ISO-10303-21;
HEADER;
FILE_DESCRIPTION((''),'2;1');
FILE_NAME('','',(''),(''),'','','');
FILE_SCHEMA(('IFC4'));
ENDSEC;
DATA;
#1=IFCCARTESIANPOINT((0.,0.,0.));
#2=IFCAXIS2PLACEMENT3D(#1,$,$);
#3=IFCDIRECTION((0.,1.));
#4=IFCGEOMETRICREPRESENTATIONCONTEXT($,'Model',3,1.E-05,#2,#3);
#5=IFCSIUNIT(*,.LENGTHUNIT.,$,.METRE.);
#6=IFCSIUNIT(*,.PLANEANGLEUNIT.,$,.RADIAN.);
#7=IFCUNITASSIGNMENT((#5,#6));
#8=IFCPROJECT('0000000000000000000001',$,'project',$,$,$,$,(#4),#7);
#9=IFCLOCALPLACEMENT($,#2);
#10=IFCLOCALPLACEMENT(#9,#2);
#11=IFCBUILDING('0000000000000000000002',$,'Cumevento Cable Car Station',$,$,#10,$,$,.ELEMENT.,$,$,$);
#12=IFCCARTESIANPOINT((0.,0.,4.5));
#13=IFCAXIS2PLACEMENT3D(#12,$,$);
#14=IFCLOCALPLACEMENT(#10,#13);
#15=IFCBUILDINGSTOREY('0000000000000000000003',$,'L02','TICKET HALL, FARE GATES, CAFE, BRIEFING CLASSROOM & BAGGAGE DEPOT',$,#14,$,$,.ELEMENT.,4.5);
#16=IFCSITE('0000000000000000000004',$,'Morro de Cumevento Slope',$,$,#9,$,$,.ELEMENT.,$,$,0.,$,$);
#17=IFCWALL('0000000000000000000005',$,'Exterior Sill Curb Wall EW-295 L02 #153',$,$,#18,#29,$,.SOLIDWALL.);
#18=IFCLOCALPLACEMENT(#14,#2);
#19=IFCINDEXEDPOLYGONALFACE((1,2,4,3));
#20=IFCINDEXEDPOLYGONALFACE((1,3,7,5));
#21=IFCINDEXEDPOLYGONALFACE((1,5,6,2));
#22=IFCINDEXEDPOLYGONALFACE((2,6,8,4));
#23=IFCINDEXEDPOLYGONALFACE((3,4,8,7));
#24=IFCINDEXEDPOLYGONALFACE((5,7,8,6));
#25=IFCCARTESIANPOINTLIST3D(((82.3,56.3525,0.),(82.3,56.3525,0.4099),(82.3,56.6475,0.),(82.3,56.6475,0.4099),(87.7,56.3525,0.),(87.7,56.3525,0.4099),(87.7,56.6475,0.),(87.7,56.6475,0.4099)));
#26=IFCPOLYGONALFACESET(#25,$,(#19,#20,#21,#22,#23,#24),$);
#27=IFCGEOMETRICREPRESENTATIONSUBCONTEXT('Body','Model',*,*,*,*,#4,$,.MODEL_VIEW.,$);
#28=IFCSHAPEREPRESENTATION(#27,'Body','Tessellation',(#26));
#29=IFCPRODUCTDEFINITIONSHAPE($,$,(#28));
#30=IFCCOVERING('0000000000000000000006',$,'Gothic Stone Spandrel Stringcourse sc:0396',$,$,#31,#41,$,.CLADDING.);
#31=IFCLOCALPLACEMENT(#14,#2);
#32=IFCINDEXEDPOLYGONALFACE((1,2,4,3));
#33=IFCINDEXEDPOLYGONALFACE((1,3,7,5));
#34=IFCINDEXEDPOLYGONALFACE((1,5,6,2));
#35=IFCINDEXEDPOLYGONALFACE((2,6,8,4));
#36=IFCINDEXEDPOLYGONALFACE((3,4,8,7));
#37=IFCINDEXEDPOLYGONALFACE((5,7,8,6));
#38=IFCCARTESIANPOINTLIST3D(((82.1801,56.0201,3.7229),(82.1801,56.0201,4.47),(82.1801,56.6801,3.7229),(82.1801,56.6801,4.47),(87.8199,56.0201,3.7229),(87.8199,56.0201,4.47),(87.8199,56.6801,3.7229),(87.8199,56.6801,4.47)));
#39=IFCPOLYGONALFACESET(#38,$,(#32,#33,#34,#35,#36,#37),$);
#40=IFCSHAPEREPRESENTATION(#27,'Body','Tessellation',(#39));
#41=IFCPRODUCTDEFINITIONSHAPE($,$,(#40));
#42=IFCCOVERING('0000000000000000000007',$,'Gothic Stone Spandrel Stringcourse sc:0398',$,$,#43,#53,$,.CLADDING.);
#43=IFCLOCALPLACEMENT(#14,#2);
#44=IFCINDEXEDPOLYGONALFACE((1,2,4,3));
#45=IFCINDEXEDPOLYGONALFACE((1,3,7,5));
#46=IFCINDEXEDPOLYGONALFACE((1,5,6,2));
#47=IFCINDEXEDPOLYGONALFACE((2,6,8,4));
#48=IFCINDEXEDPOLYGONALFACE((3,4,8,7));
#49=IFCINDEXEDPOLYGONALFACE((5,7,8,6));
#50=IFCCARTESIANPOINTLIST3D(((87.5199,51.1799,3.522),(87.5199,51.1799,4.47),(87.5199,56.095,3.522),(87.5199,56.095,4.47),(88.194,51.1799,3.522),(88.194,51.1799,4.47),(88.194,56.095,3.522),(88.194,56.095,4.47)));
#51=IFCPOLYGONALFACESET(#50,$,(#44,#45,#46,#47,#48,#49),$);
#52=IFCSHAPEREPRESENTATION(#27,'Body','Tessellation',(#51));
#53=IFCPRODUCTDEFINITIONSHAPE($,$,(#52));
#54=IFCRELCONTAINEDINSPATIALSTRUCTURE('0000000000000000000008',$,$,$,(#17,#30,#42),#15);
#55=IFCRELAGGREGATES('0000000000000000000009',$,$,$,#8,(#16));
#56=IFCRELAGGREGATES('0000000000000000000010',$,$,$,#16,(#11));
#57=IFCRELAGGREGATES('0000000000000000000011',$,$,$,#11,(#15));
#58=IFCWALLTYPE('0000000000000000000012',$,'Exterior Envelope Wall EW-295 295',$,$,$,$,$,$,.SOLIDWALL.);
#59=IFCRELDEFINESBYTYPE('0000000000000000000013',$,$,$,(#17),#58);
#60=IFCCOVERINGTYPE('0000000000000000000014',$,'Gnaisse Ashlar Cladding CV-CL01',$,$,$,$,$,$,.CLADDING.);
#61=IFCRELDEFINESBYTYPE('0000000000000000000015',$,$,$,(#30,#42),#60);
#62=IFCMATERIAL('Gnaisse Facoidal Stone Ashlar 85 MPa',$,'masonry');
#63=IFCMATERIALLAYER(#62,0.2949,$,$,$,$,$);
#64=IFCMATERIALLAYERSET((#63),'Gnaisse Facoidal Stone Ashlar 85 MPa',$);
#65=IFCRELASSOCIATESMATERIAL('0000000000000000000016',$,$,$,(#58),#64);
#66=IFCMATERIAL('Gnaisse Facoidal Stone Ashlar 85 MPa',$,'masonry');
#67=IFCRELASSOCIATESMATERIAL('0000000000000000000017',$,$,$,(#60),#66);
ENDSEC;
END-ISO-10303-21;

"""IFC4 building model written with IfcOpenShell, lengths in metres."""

from ifc_helpers import new_model, si_unit, direction, frame, frame_2d, origin, origin_2d, place, context, subcontext, project, spatial, rectangle, extrude, material, layer, layer_set, type_object, element, save


model = new_model("IFC4")

# Units and contexts
model_context = context("Model", 3, precision=1e-05, world=origin(), true_north=direction((0.0, 1.0)))
body_context = subcontext(model_context, "Body", "Model", "MODEL_VIEW")
ifc_project = project(units=[si_unit("LENGTHUNIT", "METRE"), si_unit("PLANEANGLEUNIT", "RADIAN")], contexts=[model_context])

# Site, building, storey
site_placement = place(None, origin())
site = spatial("IfcSite", under=ifc_project, at=site_placement, Name="Morro de Cumevento Slope", CompositionType="ELEMENT", RefElevation=0.0)
building_placement = place(site_placement, origin())
building = spatial("IfcBuilding", under=site, at=building_placement, Name="Cumevento Cable Car Station", CompositionType="ELEMENT")
storey_placement = place(building_placement, frame((0.0, 0.0, 4.5)))
storey = spatial("IfcBuildingStorey", under=building, at=storey_placement, Name="L02", Description="TICKET HALL, FARE GATES, CAFE, BRIEFING CLASSROOM & BAGGAGE DEPOT", CompositionType="ELEMENT", Elevation=4.5)

# Wall
ifc_material_1 = material(Name="Gnaisse Facoidal Stone Ashlar 85 MPa", Category="masonry")
ifc_layer_1 = layer(ifc_material_1, 0.2949)
ifc_layer_set_1 = layer_set([ifc_layer_1], Name="Gnaisse Facoidal Stone Ashlar 85 MPa")
wall_type = type_object("IfcWallType", Name="Exterior Envelope Wall EW-295 295", PredefinedType="SOLIDWALL", material=ifc_layer_set_1)
wall_placement = place(storey_placement, frame((82.3, 56.5, 0.0), z_axis=(0.0, 0.0, 1.0), x_axis=(1.0, 0.0, 0.0)))
element("IfcWall", 1, at=wall_placement, inside=storey, type_object=wall_type, Name="Exterior Sill Curb Wall EW-295 L02 #153", PredefinedType="SOLIDWALL", context=body_context, shape_type="SweptSolid", body=[
    extrude(rectangle(XDim=5.3999, YDim=0.2949, at=frame_2d((2.7, 0.0))), origin(), (0.0, 0.0, 1.0), 0.4099),
])

# Coverings
ifc_material_2 = material(Name="Gnaisse Facoidal Stone Ashlar 85 MPa", Category="masonry")
covering_type = type_object("IfcCoveringType", Name="Gnaisse Ashlar Cladding CV-CL01", PredefinedType="CLADDING", material=ifc_material_2)
covering_1_placement = place(storey_placement, frame((85.0, 56.3501, 3.7229), z_axis=(0.0, 0.0, 1.0), x_axis=(1.0, 0.0, 0.0)))
element("IfcCovering", 2, at=covering_1_placement, inside=storey, type_object=covering_type, Name="Gothic Stone Spandrel Stringcourse sc:0396", PredefinedType="CLADDING", context=body_context, shape_type="SweptSolid", body=[
    extrude(rectangle(XDim=5.6399, YDim=0.6599, at=origin_2d()), origin(), (0.0, 0.0, 1.0), 0.7471),
])
covering_2_placement = place(storey_placement, frame((87.8569, 53.6375, 3.522), z_axis=(0.0, 0.0, 1.0), x_axis=(0.0, -1.0, 0.0)))
element("IfcCovering", 3, at=covering_2_placement, inside=storey, type_object=covering_type, Name="Gothic Stone Spandrel Stringcourse sc:0398", PredefinedType="CLADDING", context=body_context, shape_type="SweptSolid", body=[
    extrude(rectangle(XDim=4.915, YDim=0.6741, at=origin_2d()), origin(), (0.0, 0.0, 1.0), 0.948),
])

save(model, "model.ifc")
